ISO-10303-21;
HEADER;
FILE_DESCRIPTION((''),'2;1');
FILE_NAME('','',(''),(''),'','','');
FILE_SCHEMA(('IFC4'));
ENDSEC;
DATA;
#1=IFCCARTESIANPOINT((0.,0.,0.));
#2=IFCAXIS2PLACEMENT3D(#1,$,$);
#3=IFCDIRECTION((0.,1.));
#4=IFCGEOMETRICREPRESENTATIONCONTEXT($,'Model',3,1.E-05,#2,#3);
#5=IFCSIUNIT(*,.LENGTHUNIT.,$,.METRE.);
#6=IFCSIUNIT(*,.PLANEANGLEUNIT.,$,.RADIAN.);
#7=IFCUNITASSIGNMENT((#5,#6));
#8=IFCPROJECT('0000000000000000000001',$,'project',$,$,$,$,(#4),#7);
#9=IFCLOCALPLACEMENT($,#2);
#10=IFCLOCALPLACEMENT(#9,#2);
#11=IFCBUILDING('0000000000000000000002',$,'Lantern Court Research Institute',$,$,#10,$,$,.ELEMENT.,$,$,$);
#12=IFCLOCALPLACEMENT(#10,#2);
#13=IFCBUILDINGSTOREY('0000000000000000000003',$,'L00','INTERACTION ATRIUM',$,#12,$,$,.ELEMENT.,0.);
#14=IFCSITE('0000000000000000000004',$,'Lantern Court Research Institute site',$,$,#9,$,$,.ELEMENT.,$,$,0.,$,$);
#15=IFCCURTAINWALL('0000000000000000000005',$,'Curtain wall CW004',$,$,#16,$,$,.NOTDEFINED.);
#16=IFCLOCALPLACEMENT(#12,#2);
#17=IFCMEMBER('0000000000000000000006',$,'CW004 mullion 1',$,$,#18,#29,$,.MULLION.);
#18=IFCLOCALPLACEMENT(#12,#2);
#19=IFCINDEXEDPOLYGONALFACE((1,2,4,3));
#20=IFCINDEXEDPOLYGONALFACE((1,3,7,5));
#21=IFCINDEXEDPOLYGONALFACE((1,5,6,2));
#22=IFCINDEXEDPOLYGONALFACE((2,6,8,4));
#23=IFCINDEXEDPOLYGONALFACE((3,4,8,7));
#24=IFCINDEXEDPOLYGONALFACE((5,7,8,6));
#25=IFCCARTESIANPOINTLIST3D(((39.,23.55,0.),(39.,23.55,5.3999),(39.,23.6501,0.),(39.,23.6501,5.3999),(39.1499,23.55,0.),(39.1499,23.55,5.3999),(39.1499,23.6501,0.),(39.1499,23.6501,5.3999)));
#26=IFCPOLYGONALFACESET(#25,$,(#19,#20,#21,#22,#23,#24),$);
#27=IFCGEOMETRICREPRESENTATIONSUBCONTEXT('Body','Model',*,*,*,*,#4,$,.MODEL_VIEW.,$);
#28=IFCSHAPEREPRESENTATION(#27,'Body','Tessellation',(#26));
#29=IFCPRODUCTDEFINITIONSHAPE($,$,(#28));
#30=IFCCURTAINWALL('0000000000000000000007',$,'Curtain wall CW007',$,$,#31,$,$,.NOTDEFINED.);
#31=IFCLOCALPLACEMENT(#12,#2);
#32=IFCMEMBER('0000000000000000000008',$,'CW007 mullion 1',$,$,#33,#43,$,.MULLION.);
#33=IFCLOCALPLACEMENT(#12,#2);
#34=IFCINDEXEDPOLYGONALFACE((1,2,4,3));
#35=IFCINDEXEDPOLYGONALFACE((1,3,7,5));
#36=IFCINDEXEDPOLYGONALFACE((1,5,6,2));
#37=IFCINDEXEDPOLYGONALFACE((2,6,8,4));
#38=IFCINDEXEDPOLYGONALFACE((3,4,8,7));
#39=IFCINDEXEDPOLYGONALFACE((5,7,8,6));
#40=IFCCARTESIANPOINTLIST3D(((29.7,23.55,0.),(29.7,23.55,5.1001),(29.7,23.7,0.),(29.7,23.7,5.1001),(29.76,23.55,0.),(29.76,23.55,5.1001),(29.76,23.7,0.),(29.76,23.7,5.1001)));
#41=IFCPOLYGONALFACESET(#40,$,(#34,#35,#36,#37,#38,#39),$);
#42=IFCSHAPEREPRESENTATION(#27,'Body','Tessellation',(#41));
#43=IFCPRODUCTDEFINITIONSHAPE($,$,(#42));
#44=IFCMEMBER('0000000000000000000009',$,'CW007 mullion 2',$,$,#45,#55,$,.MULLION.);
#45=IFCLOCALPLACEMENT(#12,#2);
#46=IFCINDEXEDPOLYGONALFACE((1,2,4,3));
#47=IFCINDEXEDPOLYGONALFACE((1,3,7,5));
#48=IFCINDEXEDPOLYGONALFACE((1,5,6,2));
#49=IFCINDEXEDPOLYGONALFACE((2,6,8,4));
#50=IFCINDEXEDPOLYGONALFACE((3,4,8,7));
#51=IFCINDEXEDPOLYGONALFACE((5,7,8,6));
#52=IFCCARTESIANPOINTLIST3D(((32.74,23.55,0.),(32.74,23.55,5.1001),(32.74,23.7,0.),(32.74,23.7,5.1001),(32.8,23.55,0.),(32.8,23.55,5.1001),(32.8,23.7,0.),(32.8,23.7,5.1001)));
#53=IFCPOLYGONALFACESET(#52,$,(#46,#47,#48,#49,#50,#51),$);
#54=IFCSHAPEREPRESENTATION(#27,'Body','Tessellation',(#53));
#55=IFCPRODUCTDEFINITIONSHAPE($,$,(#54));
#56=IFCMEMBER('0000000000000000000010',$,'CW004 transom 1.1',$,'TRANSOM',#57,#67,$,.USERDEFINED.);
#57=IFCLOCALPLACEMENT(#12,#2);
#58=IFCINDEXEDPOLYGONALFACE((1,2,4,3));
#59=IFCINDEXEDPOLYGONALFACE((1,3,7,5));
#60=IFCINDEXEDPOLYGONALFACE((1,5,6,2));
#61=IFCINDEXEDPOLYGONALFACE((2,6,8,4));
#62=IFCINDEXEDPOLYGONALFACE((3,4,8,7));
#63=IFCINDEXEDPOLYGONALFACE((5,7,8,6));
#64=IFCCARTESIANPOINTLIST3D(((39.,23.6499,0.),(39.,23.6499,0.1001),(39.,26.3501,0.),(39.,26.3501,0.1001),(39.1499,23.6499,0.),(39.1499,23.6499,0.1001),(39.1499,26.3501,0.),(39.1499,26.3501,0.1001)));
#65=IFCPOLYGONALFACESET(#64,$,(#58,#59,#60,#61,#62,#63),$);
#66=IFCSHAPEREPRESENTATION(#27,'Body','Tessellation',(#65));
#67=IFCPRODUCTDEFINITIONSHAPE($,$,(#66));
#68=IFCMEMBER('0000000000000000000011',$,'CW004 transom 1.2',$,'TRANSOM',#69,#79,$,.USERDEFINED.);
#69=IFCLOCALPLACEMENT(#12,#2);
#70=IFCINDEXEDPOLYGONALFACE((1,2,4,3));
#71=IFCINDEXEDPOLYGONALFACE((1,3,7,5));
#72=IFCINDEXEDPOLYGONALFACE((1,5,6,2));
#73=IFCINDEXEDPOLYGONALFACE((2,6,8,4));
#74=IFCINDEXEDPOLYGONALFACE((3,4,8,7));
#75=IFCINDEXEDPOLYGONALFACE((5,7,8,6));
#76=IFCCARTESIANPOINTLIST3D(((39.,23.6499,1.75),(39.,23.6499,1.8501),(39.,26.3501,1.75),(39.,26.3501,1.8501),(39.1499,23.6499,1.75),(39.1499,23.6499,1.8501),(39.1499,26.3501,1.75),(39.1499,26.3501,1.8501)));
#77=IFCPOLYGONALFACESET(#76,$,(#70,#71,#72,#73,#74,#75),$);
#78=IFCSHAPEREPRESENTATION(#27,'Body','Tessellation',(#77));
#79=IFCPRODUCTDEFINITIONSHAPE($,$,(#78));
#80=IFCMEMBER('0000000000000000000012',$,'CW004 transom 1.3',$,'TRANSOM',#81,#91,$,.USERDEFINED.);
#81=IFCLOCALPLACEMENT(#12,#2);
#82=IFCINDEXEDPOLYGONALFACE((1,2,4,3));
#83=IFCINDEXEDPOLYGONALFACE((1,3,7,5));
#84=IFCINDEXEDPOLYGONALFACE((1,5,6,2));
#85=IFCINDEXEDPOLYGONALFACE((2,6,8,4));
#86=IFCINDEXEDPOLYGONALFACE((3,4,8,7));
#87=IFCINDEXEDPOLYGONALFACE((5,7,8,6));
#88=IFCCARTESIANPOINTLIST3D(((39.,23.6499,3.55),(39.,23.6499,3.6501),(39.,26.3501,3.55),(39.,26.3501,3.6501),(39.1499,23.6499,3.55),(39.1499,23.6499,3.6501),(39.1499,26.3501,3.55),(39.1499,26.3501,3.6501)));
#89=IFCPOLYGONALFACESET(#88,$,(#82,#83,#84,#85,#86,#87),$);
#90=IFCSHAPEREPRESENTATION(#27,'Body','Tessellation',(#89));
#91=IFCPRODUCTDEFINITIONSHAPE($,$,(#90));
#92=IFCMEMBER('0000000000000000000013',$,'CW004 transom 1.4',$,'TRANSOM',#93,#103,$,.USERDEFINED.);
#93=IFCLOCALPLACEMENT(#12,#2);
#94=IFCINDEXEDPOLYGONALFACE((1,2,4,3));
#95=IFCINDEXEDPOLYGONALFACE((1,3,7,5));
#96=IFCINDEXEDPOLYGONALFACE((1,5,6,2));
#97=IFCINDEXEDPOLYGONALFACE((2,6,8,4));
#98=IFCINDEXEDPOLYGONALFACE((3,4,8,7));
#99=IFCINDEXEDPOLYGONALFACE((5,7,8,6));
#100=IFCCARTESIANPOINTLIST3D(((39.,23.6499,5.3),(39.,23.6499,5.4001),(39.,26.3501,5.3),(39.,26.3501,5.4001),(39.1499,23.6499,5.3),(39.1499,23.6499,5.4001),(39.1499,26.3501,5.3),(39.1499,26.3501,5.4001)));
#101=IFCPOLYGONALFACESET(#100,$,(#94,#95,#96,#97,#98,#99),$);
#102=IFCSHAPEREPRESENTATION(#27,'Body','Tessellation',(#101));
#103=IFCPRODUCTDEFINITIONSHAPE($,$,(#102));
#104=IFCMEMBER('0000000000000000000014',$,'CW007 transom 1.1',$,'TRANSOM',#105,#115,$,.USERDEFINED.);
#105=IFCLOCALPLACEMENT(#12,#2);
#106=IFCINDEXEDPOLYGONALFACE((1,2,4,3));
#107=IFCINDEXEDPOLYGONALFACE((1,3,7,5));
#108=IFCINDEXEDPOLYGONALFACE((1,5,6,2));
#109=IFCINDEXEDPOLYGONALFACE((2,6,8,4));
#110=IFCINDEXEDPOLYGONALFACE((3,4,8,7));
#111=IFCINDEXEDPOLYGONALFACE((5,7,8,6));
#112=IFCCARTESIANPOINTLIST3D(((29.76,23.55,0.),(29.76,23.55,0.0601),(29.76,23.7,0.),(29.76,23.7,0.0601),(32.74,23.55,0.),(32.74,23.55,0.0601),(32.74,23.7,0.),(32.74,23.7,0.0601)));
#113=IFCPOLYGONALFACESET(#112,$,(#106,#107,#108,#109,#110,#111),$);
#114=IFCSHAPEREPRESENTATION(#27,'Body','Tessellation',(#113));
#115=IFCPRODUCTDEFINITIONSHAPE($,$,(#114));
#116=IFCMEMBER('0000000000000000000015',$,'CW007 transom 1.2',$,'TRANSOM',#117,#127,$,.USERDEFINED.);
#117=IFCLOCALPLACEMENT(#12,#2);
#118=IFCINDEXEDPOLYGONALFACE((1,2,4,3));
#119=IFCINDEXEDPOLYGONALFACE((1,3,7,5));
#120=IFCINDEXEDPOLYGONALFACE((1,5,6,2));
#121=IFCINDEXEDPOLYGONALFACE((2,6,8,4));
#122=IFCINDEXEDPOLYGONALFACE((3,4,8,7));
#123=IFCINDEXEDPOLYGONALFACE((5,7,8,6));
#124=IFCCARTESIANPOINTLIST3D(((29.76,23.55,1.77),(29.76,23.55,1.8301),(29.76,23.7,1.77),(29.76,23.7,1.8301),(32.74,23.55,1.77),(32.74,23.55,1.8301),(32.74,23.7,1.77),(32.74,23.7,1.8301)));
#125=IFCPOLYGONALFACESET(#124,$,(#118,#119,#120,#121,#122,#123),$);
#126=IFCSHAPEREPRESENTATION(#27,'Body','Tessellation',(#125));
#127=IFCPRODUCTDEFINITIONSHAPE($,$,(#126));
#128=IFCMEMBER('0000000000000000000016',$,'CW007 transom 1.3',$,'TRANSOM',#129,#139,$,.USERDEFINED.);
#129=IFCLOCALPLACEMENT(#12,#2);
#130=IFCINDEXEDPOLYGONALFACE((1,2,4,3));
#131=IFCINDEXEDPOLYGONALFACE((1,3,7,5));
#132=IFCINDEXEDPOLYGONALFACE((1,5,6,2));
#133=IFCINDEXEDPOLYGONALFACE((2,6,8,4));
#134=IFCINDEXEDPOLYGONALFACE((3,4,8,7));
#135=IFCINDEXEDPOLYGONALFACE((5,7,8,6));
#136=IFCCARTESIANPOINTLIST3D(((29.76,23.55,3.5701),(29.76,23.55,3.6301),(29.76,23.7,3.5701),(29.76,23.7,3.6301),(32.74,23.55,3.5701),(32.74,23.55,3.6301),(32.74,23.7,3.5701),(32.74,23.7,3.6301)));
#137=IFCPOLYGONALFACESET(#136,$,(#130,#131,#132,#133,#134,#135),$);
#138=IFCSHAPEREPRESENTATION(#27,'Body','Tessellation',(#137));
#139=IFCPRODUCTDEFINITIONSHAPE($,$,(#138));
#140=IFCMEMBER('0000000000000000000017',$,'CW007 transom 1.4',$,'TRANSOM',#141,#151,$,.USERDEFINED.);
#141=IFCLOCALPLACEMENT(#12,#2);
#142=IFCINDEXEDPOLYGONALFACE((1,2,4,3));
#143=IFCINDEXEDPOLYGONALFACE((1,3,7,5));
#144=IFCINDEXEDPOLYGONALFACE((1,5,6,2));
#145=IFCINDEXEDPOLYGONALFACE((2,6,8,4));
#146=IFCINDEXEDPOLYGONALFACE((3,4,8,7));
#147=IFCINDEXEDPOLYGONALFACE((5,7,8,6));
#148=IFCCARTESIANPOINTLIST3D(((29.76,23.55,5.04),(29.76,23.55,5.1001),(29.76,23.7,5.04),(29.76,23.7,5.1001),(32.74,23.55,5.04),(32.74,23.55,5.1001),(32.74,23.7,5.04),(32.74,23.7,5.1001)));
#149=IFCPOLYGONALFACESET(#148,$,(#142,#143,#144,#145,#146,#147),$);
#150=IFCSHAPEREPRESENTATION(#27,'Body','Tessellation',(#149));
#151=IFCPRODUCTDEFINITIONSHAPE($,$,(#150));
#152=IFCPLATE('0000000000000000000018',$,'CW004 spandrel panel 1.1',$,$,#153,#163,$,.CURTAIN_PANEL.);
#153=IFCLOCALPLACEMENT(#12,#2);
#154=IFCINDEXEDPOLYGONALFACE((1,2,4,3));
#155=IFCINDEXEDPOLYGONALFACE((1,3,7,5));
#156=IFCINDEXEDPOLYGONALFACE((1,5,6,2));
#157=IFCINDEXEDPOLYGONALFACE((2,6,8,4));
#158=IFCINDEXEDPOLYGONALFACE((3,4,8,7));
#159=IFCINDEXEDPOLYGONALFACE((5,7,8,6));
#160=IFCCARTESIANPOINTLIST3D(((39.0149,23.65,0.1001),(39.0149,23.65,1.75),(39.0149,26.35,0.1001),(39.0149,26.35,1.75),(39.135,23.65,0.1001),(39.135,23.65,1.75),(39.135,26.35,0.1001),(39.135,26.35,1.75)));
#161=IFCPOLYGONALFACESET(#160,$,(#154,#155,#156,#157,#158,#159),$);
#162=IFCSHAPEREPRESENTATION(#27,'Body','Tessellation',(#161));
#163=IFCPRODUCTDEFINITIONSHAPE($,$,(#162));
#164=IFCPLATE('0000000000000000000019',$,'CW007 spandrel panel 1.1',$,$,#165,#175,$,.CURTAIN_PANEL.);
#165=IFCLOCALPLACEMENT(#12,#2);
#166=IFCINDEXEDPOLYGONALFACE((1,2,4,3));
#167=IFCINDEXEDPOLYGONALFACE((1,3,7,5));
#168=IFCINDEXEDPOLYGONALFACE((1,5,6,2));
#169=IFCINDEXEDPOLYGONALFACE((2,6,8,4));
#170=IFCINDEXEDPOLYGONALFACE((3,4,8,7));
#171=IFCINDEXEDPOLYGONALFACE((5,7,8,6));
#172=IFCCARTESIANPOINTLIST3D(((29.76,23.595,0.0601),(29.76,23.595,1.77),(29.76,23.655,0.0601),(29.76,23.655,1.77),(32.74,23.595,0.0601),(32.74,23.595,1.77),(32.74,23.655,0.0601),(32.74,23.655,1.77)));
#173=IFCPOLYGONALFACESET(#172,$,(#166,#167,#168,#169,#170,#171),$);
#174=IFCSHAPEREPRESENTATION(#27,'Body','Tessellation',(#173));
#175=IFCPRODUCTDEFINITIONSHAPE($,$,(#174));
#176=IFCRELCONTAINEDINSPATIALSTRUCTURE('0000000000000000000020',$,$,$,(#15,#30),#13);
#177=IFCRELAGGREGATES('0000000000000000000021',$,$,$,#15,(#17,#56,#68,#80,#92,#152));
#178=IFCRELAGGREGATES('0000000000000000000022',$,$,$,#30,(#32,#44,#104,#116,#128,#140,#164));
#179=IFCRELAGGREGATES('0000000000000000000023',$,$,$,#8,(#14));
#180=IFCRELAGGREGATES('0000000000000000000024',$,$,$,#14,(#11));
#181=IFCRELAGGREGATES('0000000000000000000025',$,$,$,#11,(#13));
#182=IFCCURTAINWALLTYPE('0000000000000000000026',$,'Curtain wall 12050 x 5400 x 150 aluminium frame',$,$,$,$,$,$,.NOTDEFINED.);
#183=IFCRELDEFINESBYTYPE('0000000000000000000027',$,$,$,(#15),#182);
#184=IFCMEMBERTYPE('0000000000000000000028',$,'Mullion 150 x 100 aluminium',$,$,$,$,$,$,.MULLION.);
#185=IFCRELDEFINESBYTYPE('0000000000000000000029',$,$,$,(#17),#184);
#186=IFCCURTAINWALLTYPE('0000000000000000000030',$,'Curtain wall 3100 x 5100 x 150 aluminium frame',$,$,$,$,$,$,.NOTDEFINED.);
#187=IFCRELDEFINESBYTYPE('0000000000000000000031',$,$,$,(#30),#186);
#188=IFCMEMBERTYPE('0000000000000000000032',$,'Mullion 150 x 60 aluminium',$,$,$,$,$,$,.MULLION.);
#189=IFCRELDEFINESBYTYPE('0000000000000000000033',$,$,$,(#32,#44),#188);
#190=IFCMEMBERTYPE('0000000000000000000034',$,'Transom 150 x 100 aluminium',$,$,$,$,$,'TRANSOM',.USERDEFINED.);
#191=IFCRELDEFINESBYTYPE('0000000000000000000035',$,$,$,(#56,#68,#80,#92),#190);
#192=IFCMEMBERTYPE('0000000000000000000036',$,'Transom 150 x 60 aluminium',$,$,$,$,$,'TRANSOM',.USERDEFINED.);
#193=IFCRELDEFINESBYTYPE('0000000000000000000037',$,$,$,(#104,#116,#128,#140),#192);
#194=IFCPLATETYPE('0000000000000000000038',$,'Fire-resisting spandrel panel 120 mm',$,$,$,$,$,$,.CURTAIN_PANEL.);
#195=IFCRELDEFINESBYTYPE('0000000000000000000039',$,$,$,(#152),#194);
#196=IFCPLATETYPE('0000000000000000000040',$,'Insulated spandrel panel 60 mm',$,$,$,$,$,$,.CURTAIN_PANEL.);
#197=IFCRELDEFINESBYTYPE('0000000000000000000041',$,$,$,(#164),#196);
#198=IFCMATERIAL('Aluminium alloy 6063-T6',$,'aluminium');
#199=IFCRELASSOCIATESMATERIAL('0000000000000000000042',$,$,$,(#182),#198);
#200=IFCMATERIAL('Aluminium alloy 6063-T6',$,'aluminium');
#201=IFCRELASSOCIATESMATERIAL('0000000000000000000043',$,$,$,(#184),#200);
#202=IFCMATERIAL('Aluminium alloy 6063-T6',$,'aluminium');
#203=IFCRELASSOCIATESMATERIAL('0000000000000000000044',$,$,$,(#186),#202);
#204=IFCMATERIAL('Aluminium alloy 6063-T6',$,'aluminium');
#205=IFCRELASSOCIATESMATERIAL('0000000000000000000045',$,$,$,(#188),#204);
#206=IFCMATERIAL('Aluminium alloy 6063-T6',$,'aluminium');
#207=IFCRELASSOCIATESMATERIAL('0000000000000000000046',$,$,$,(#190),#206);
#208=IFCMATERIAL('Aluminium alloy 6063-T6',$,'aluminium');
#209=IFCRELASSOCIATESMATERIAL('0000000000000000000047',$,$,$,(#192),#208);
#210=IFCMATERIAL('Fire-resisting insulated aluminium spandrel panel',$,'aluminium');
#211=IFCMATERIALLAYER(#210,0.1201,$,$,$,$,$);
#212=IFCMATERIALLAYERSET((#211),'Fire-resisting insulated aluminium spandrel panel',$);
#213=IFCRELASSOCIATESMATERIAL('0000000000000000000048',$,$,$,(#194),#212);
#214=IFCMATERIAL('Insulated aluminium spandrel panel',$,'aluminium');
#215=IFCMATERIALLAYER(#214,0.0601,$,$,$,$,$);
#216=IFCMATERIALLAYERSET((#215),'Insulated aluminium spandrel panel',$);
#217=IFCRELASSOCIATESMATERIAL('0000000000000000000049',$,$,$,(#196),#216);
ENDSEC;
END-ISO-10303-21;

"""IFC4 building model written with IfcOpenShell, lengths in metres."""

from ifc_helpers import new_model, si_unit, direction, frame, origin, origin_2d, place, context, subcontext, project, spatial, rectangle, extrude, material, layer, layer_set, material_profile, profile_set, type_object, element, aggregate, save


model = new_model("IFC4")

# Units and contexts
model_context = context("Model", 3, precision=1e-05, world=origin(), true_north=direction((0.0, 1.0)))
body_context = subcontext(model_context, "Body", "Model", "MODEL_VIEW")
ifc_project = project(units=[si_unit("LENGTHUNIT", "METRE"), si_unit("PLANEANGLEUNIT", "RADIAN")], contexts=[model_context])

# Site, building, storey
site_placement = place(None, origin())
site = spatial("IfcSite", under=ifc_project, at=site_placement, Name="Lantern Court Research Institute site", CompositionType="ELEMENT", RefElevation=0.0)
building_placement = place(site_placement, origin())
building = spatial("IfcBuilding", under=site, at=building_placement, Name="Lantern Court Research Institute", CompositionType="ELEMENT")
storey_placement = place(building_placement, origin())
storey = spatial("IfcBuildingStorey", under=building, at=storey_placement, Name="L00", Description="INTERACTION ATRIUM", CompositionType="ELEMENT", Elevation=0.0)

# Curtain wall, member
ifc_material_1 = material(Name="Aluminium alloy 6063-T6", Category="aluminium")
curtain_wall_type_1 = type_object("IfcCurtainWallType", Name="Curtain wall 12050 x 5400 x 150 aluminium frame", PredefinedType="NOTDEFINED", material=ifc_material_1)
curtain_wall_1_placement = place(storey_placement, origin())
curtain_wall_1 = element("IfcCurtainWall", 1, at=curtain_wall_1_placement, inside=storey, type_object=curtain_wall_type_1, Name="Curtain wall CW004", PredefinedType="NOTDEFINED")
ifc_material_2 = material(Name="Aluminium alloy 6063-T6", Category="aluminium")
ifc_material_profile_1 = material_profile(ifc_material_2, rectangle(XDim=0.1499, YDim=0.1001, at=origin_2d()), Name="Mullion 150 x 100")
ifc_profile_set_1 = profile_set([ifc_material_profile_1], Name="Aluminium alloy 6063-T6")
member_type_1 = type_object("IfcMemberType", Name="Mullion 150 x 100 aluminium", PredefinedType="MULLION", material=ifc_profile_set_1)
member_1_placement = place(storey_placement, frame((39.075, 23.6001, 0.0), z_axis=(0.0, 0.0, 1.0), x_axis=(-1.0, 0.0, 0.0)))
member_1 = element("IfcMember", 2, at=member_1_placement, type_object=member_type_1, Name="CW004 mullion 1", PredefinedType="MULLION", context=body_context, shape_type="SweptSolid", body=[
    extrude(rectangle(XDim=0.1499, YDim=0.1001, at=origin_2d()), origin(), (0.0, 0.0, 1.0), 5.3999),
])

# Curtain wall, members
ifc_material_3 = material(Name="Aluminium alloy 6063-T6", Category="aluminium")
curtain_wall_type_2 = type_object("IfcCurtainWallType", Name="Curtain wall 3100 x 5100 x 150 aluminium frame", PredefinedType="NOTDEFINED", material=ifc_material_3)
curtain_wall_2_placement = place(storey_placement, origin())
curtain_wall_2 = element("IfcCurtainWall", 3, at=curtain_wall_2_placement, inside=storey, type_object=curtain_wall_type_2, Name="Curtain wall CW007", PredefinedType="NOTDEFINED")
ifc_material_4 = material(Name="Aluminium alloy 6063-T6", Category="aluminium")
ifc_material_profile_2 = material_profile(ifc_material_4, rectangle(XDim=0.1499, YDim=0.0601, at=origin_2d()), Name="Mullion 150 x 60")
ifc_profile_set_2 = profile_set([ifc_material_profile_2], Name="Aluminium alloy 6063-T6")
member_type_2 = type_object("IfcMemberType", Name="Mullion 150 x 60 aluminium", PredefinedType="MULLION", material=ifc_profile_set_2)
member_2_placement = place(storey_placement, frame((29.73, 23.625, 0.0), z_axis=(0.0, 0.0, 1.0), x_axis=(0.0, 1.0, 0.0)))
member_2 = element("IfcMember", 4, at=member_2_placement, type_object=member_type_2, Name="CW007 mullion 1", PredefinedType="MULLION", context=body_context, shape_type="SweptSolid", body=[
    extrude(rectangle(XDim=0.1499, YDim=0.0601, at=origin_2d()), origin(), (0.0, 0.0, 1.0), 5.1001),
])
member_3_placement = place(storey_placement, frame((32.77, 23.625, 0.0), z_axis=(0.0, 0.0, 1.0), x_axis=(0.0, 1.0, 0.0)))
member_3 = element("IfcMember", 5, at=member_3_placement, type_object=member_type_2, Name="CW007 mullion 2", PredefinedType="MULLION", context=body_context, shape_type="SweptSolid", body=[
    extrude(rectangle(XDim=0.1499, YDim=0.0601, at=origin_2d()), origin(), (0.0, 0.0, 1.0), 5.1001),
])

# Members
ifc_material_5 = material(Name="Aluminium alloy 6063-T6", Category="aluminium")
ifc_material_profile_3 = material_profile(ifc_material_5, rectangle(XDim=0.1499, YDim=0.1001, at=origin_2d()), Name="Transom 150 x 100")
ifc_profile_set_3 = profile_set([ifc_material_profile_3], Name="Aluminium alloy 6063-T6")
member_type_3 = type_object("IfcMemberType", Name="Transom 150 x 100 aluminium", ElementType="TRANSOM", PredefinedType="USERDEFINED", material=ifc_profile_set_3)
member_4_placement = place(storey_placement, frame((39.075, 23.6499, 0.05), z_axis=(0.0, 1.0, 0.0), x_axis=(-1.0, 0.0, 0.0)))
member_4 = element("IfcMember", 6, at=member_4_placement, type_object=member_type_3, Name="CW004 transom 1.1", ObjectType="TRANSOM", PredefinedType="USERDEFINED", context=body_context, shape_type="SweptSolid", body=[
    extrude(rectangle(XDim=0.1499, YDim=0.1001, at=origin_2d()), origin(), (0.0, 0.0, 1.0), 2.7002),
])
member_5_placement = place(storey_placement, frame((39.075, 23.6499, 1.8), z_axis=(0.0, 1.0, 0.0), x_axis=(-1.0, 0.0, 0.0)))
member_5 = element("IfcMember", 7, at=member_5_placement, type_object=member_type_3, Name="CW004 transom 1.2", ObjectType="TRANSOM", PredefinedType="USERDEFINED", context=body_context, shape_type="SweptSolid", body=[
    extrude(rectangle(XDim=0.1499, YDim=0.1001, at=origin_2d()), origin(), (0.0, 0.0, 1.0), 2.7002),
])
member_6_placement = place(storey_placement, frame((39.075, 23.6499, 3.6001), z_axis=(0.0, 1.0, 0.0), x_axis=(-1.0, 0.0, 0.0)))
member_6 = element("IfcMember", 8, at=member_6_placement, type_object=member_type_3, Name="CW004 transom 1.3", ObjectType="TRANSOM", PredefinedType="USERDEFINED", context=body_context, shape_type="SweptSolid", body=[
    extrude(rectangle(XDim=0.1499, YDim=0.1001, at=origin_2d()), origin(), (0.0, 0.0, 1.0), 2.7002),
])
member_7_placement = place(storey_placement, frame((39.075, 23.6499, 5.3501), z_axis=(0.0, 1.0, 0.0), x_axis=(-1.0, 0.0, 0.0)))
member_7 = element("IfcMember", 9, at=member_7_placement, type_object=member_type_3, Name="CW004 transom 1.4", ObjectType="TRANSOM", PredefinedType="USERDEFINED", context=body_context, shape_type="SweptSolid", body=[
    extrude(rectangle(XDim=0.1499, YDim=0.1001, at=origin_2d()), origin(), (0.0, 0.0, 1.0), 2.7002),
])
ifc_material_6 = material(Name="Aluminium alloy 6063-T6", Category="aluminium")
ifc_material_profile_4 = material_profile(ifc_material_6, rectangle(XDim=0.1499, YDim=0.0601, at=origin_2d()), Name="Transom 150 x 60")
ifc_profile_set_4 = profile_set([ifc_material_profile_4], Name="Aluminium alloy 6063-T6")
member_type_4 = type_object("IfcMemberType", Name="Transom 150 x 60 aluminium", ElementType="TRANSOM", PredefinedType="USERDEFINED", material=ifc_profile_set_4)
member_8_placement = place(storey_placement, frame((29.76, 23.625, 0.03), z_axis=(1.0, 0.0, 0.0), x_axis=(0.0, 1.0, 0.0)))
member_8 = element("IfcMember", 10, at=member_8_placement, type_object=member_type_4, Name="CW007 transom 1.1", ObjectType="TRANSOM", PredefinedType="USERDEFINED", context=body_context, shape_type="SweptSolid", body=[
    extrude(rectangle(XDim=0.1499, YDim=0.0601, at=origin_2d()), origin(), (0.0, 0.0, 1.0), 2.98),
])
member_9_placement = place(storey_placement, frame((29.76, 23.625, 1.8), z_axis=(1.0, 0.0, 0.0), x_axis=(0.0, 1.0, 0.0)))
member_9 = element("IfcMember", 11, at=member_9_placement, type_object=member_type_4, Name="CW007 transom 1.2", ObjectType="TRANSOM", PredefinedType="USERDEFINED", context=body_context, shape_type="SweptSolid", body=[
    extrude(rectangle(XDim=0.1499, YDim=0.0601, at=origin_2d()), origin(), (0.0, 0.0, 1.0), 2.98),
])
member_10_placement = place(storey_placement, frame((29.76, 23.625, 3.6001), z_axis=(1.0, 0.0, 0.0), x_axis=(0.0, 1.0, 0.0)))
member_10 = element("IfcMember", 12, at=member_10_placement, type_object=member_type_4, Name="CW007 transom 1.3", ObjectType="TRANSOM", PredefinedType="USERDEFINED", context=body_context, shape_type="SweptSolid", body=[
    extrude(rectangle(XDim=0.1499, YDim=0.0601, at=origin_2d()), origin(), (0.0, 0.0, 1.0), 2.98),
])
member_11_placement = place(storey_placement, frame((29.76, 23.625, 5.0701), z_axis=(1.0, 0.0, 0.0), x_axis=(0.0, 1.0, 0.0)))
member_11 = element("IfcMember", 13, at=member_11_placement, type_object=member_type_4, Name="CW007 transom 1.4", ObjectType="TRANSOM", PredefinedType="USERDEFINED", context=body_context, shape_type="SweptSolid", body=[
    extrude(rectangle(XDim=0.1499, YDim=0.0601, at=origin_2d()), origin(), (0.0, 0.0, 1.0), 2.98),
])

# Plates
ifc_material_7 = material(Name="Fire-resisting insulated aluminium spandrel panel", Category="aluminium")
ifc_layer_1 = layer(ifc_material_7, 0.1201)
ifc_layer_set_1 = layer_set([ifc_layer_1], Name="Fire-resisting insulated aluminium spandrel panel")
plate_type_1 = type_object("IfcPlateType", Name="Fire-resisting spandrel panel 120 mm", PredefinedType="CURTAIN_PANEL", material=ifc_layer_set_1)
plate_1_placement = place(storey_placement, frame((39.075, 25.0, 0.1001), z_axis=(0.0, 0.0, 1.0), x_axis=(0.0, 1.0, 0.0)))
plate_1 = element("IfcPlate", 14, at=plate_1_placement, type_object=plate_type_1, Name="CW004 spandrel panel 1.1", PredefinedType="CURTAIN_PANEL", context=body_context, shape_type="SweptSolid", body=[
    extrude(rectangle(XDim=2.7, YDim=0.1201, at=origin_2d()), origin(), (0.0, 0.0, 1.0), 1.6499),
])
ifc_material_8 = material(Name="Insulated aluminium spandrel panel", Category="aluminium")
ifc_layer_2 = layer(ifc_material_8, 0.0601)
ifc_layer_set_2 = layer_set([ifc_layer_2], Name="Insulated aluminium spandrel panel")
plate_type_2 = type_object("IfcPlateType", Name="Insulated spandrel panel 60 mm", PredefinedType="CURTAIN_PANEL", material=ifc_layer_set_2)
plate_2_placement = place(storey_placement, frame((31.25, 23.625, 0.0601), z_axis=(0.0, 0.0, 1.0), x_axis=(1.0, 0.0, 0.0)))
plate_2 = element("IfcPlate", 15, at=plate_2_placement, type_object=plate_type_2, Name="CW007 spandrel panel 1.1", PredefinedType="CURTAIN_PANEL", context=body_context, shape_type="SweptSolid", body=[
    extrude(rectangle(XDim=2.98, YDim=0.0601, at=origin_2d()), origin(), (0.0, 0.0, 1.0), 1.71),
])
aggregate(curtain_wall_1, [member_1, member_4, member_5, member_6, member_7, plate_1])
aggregate(curtain_wall_2, [member_2, member_3, member_8, member_9, member_10, member_11, plate_2])

save(model, "model.ifc")
